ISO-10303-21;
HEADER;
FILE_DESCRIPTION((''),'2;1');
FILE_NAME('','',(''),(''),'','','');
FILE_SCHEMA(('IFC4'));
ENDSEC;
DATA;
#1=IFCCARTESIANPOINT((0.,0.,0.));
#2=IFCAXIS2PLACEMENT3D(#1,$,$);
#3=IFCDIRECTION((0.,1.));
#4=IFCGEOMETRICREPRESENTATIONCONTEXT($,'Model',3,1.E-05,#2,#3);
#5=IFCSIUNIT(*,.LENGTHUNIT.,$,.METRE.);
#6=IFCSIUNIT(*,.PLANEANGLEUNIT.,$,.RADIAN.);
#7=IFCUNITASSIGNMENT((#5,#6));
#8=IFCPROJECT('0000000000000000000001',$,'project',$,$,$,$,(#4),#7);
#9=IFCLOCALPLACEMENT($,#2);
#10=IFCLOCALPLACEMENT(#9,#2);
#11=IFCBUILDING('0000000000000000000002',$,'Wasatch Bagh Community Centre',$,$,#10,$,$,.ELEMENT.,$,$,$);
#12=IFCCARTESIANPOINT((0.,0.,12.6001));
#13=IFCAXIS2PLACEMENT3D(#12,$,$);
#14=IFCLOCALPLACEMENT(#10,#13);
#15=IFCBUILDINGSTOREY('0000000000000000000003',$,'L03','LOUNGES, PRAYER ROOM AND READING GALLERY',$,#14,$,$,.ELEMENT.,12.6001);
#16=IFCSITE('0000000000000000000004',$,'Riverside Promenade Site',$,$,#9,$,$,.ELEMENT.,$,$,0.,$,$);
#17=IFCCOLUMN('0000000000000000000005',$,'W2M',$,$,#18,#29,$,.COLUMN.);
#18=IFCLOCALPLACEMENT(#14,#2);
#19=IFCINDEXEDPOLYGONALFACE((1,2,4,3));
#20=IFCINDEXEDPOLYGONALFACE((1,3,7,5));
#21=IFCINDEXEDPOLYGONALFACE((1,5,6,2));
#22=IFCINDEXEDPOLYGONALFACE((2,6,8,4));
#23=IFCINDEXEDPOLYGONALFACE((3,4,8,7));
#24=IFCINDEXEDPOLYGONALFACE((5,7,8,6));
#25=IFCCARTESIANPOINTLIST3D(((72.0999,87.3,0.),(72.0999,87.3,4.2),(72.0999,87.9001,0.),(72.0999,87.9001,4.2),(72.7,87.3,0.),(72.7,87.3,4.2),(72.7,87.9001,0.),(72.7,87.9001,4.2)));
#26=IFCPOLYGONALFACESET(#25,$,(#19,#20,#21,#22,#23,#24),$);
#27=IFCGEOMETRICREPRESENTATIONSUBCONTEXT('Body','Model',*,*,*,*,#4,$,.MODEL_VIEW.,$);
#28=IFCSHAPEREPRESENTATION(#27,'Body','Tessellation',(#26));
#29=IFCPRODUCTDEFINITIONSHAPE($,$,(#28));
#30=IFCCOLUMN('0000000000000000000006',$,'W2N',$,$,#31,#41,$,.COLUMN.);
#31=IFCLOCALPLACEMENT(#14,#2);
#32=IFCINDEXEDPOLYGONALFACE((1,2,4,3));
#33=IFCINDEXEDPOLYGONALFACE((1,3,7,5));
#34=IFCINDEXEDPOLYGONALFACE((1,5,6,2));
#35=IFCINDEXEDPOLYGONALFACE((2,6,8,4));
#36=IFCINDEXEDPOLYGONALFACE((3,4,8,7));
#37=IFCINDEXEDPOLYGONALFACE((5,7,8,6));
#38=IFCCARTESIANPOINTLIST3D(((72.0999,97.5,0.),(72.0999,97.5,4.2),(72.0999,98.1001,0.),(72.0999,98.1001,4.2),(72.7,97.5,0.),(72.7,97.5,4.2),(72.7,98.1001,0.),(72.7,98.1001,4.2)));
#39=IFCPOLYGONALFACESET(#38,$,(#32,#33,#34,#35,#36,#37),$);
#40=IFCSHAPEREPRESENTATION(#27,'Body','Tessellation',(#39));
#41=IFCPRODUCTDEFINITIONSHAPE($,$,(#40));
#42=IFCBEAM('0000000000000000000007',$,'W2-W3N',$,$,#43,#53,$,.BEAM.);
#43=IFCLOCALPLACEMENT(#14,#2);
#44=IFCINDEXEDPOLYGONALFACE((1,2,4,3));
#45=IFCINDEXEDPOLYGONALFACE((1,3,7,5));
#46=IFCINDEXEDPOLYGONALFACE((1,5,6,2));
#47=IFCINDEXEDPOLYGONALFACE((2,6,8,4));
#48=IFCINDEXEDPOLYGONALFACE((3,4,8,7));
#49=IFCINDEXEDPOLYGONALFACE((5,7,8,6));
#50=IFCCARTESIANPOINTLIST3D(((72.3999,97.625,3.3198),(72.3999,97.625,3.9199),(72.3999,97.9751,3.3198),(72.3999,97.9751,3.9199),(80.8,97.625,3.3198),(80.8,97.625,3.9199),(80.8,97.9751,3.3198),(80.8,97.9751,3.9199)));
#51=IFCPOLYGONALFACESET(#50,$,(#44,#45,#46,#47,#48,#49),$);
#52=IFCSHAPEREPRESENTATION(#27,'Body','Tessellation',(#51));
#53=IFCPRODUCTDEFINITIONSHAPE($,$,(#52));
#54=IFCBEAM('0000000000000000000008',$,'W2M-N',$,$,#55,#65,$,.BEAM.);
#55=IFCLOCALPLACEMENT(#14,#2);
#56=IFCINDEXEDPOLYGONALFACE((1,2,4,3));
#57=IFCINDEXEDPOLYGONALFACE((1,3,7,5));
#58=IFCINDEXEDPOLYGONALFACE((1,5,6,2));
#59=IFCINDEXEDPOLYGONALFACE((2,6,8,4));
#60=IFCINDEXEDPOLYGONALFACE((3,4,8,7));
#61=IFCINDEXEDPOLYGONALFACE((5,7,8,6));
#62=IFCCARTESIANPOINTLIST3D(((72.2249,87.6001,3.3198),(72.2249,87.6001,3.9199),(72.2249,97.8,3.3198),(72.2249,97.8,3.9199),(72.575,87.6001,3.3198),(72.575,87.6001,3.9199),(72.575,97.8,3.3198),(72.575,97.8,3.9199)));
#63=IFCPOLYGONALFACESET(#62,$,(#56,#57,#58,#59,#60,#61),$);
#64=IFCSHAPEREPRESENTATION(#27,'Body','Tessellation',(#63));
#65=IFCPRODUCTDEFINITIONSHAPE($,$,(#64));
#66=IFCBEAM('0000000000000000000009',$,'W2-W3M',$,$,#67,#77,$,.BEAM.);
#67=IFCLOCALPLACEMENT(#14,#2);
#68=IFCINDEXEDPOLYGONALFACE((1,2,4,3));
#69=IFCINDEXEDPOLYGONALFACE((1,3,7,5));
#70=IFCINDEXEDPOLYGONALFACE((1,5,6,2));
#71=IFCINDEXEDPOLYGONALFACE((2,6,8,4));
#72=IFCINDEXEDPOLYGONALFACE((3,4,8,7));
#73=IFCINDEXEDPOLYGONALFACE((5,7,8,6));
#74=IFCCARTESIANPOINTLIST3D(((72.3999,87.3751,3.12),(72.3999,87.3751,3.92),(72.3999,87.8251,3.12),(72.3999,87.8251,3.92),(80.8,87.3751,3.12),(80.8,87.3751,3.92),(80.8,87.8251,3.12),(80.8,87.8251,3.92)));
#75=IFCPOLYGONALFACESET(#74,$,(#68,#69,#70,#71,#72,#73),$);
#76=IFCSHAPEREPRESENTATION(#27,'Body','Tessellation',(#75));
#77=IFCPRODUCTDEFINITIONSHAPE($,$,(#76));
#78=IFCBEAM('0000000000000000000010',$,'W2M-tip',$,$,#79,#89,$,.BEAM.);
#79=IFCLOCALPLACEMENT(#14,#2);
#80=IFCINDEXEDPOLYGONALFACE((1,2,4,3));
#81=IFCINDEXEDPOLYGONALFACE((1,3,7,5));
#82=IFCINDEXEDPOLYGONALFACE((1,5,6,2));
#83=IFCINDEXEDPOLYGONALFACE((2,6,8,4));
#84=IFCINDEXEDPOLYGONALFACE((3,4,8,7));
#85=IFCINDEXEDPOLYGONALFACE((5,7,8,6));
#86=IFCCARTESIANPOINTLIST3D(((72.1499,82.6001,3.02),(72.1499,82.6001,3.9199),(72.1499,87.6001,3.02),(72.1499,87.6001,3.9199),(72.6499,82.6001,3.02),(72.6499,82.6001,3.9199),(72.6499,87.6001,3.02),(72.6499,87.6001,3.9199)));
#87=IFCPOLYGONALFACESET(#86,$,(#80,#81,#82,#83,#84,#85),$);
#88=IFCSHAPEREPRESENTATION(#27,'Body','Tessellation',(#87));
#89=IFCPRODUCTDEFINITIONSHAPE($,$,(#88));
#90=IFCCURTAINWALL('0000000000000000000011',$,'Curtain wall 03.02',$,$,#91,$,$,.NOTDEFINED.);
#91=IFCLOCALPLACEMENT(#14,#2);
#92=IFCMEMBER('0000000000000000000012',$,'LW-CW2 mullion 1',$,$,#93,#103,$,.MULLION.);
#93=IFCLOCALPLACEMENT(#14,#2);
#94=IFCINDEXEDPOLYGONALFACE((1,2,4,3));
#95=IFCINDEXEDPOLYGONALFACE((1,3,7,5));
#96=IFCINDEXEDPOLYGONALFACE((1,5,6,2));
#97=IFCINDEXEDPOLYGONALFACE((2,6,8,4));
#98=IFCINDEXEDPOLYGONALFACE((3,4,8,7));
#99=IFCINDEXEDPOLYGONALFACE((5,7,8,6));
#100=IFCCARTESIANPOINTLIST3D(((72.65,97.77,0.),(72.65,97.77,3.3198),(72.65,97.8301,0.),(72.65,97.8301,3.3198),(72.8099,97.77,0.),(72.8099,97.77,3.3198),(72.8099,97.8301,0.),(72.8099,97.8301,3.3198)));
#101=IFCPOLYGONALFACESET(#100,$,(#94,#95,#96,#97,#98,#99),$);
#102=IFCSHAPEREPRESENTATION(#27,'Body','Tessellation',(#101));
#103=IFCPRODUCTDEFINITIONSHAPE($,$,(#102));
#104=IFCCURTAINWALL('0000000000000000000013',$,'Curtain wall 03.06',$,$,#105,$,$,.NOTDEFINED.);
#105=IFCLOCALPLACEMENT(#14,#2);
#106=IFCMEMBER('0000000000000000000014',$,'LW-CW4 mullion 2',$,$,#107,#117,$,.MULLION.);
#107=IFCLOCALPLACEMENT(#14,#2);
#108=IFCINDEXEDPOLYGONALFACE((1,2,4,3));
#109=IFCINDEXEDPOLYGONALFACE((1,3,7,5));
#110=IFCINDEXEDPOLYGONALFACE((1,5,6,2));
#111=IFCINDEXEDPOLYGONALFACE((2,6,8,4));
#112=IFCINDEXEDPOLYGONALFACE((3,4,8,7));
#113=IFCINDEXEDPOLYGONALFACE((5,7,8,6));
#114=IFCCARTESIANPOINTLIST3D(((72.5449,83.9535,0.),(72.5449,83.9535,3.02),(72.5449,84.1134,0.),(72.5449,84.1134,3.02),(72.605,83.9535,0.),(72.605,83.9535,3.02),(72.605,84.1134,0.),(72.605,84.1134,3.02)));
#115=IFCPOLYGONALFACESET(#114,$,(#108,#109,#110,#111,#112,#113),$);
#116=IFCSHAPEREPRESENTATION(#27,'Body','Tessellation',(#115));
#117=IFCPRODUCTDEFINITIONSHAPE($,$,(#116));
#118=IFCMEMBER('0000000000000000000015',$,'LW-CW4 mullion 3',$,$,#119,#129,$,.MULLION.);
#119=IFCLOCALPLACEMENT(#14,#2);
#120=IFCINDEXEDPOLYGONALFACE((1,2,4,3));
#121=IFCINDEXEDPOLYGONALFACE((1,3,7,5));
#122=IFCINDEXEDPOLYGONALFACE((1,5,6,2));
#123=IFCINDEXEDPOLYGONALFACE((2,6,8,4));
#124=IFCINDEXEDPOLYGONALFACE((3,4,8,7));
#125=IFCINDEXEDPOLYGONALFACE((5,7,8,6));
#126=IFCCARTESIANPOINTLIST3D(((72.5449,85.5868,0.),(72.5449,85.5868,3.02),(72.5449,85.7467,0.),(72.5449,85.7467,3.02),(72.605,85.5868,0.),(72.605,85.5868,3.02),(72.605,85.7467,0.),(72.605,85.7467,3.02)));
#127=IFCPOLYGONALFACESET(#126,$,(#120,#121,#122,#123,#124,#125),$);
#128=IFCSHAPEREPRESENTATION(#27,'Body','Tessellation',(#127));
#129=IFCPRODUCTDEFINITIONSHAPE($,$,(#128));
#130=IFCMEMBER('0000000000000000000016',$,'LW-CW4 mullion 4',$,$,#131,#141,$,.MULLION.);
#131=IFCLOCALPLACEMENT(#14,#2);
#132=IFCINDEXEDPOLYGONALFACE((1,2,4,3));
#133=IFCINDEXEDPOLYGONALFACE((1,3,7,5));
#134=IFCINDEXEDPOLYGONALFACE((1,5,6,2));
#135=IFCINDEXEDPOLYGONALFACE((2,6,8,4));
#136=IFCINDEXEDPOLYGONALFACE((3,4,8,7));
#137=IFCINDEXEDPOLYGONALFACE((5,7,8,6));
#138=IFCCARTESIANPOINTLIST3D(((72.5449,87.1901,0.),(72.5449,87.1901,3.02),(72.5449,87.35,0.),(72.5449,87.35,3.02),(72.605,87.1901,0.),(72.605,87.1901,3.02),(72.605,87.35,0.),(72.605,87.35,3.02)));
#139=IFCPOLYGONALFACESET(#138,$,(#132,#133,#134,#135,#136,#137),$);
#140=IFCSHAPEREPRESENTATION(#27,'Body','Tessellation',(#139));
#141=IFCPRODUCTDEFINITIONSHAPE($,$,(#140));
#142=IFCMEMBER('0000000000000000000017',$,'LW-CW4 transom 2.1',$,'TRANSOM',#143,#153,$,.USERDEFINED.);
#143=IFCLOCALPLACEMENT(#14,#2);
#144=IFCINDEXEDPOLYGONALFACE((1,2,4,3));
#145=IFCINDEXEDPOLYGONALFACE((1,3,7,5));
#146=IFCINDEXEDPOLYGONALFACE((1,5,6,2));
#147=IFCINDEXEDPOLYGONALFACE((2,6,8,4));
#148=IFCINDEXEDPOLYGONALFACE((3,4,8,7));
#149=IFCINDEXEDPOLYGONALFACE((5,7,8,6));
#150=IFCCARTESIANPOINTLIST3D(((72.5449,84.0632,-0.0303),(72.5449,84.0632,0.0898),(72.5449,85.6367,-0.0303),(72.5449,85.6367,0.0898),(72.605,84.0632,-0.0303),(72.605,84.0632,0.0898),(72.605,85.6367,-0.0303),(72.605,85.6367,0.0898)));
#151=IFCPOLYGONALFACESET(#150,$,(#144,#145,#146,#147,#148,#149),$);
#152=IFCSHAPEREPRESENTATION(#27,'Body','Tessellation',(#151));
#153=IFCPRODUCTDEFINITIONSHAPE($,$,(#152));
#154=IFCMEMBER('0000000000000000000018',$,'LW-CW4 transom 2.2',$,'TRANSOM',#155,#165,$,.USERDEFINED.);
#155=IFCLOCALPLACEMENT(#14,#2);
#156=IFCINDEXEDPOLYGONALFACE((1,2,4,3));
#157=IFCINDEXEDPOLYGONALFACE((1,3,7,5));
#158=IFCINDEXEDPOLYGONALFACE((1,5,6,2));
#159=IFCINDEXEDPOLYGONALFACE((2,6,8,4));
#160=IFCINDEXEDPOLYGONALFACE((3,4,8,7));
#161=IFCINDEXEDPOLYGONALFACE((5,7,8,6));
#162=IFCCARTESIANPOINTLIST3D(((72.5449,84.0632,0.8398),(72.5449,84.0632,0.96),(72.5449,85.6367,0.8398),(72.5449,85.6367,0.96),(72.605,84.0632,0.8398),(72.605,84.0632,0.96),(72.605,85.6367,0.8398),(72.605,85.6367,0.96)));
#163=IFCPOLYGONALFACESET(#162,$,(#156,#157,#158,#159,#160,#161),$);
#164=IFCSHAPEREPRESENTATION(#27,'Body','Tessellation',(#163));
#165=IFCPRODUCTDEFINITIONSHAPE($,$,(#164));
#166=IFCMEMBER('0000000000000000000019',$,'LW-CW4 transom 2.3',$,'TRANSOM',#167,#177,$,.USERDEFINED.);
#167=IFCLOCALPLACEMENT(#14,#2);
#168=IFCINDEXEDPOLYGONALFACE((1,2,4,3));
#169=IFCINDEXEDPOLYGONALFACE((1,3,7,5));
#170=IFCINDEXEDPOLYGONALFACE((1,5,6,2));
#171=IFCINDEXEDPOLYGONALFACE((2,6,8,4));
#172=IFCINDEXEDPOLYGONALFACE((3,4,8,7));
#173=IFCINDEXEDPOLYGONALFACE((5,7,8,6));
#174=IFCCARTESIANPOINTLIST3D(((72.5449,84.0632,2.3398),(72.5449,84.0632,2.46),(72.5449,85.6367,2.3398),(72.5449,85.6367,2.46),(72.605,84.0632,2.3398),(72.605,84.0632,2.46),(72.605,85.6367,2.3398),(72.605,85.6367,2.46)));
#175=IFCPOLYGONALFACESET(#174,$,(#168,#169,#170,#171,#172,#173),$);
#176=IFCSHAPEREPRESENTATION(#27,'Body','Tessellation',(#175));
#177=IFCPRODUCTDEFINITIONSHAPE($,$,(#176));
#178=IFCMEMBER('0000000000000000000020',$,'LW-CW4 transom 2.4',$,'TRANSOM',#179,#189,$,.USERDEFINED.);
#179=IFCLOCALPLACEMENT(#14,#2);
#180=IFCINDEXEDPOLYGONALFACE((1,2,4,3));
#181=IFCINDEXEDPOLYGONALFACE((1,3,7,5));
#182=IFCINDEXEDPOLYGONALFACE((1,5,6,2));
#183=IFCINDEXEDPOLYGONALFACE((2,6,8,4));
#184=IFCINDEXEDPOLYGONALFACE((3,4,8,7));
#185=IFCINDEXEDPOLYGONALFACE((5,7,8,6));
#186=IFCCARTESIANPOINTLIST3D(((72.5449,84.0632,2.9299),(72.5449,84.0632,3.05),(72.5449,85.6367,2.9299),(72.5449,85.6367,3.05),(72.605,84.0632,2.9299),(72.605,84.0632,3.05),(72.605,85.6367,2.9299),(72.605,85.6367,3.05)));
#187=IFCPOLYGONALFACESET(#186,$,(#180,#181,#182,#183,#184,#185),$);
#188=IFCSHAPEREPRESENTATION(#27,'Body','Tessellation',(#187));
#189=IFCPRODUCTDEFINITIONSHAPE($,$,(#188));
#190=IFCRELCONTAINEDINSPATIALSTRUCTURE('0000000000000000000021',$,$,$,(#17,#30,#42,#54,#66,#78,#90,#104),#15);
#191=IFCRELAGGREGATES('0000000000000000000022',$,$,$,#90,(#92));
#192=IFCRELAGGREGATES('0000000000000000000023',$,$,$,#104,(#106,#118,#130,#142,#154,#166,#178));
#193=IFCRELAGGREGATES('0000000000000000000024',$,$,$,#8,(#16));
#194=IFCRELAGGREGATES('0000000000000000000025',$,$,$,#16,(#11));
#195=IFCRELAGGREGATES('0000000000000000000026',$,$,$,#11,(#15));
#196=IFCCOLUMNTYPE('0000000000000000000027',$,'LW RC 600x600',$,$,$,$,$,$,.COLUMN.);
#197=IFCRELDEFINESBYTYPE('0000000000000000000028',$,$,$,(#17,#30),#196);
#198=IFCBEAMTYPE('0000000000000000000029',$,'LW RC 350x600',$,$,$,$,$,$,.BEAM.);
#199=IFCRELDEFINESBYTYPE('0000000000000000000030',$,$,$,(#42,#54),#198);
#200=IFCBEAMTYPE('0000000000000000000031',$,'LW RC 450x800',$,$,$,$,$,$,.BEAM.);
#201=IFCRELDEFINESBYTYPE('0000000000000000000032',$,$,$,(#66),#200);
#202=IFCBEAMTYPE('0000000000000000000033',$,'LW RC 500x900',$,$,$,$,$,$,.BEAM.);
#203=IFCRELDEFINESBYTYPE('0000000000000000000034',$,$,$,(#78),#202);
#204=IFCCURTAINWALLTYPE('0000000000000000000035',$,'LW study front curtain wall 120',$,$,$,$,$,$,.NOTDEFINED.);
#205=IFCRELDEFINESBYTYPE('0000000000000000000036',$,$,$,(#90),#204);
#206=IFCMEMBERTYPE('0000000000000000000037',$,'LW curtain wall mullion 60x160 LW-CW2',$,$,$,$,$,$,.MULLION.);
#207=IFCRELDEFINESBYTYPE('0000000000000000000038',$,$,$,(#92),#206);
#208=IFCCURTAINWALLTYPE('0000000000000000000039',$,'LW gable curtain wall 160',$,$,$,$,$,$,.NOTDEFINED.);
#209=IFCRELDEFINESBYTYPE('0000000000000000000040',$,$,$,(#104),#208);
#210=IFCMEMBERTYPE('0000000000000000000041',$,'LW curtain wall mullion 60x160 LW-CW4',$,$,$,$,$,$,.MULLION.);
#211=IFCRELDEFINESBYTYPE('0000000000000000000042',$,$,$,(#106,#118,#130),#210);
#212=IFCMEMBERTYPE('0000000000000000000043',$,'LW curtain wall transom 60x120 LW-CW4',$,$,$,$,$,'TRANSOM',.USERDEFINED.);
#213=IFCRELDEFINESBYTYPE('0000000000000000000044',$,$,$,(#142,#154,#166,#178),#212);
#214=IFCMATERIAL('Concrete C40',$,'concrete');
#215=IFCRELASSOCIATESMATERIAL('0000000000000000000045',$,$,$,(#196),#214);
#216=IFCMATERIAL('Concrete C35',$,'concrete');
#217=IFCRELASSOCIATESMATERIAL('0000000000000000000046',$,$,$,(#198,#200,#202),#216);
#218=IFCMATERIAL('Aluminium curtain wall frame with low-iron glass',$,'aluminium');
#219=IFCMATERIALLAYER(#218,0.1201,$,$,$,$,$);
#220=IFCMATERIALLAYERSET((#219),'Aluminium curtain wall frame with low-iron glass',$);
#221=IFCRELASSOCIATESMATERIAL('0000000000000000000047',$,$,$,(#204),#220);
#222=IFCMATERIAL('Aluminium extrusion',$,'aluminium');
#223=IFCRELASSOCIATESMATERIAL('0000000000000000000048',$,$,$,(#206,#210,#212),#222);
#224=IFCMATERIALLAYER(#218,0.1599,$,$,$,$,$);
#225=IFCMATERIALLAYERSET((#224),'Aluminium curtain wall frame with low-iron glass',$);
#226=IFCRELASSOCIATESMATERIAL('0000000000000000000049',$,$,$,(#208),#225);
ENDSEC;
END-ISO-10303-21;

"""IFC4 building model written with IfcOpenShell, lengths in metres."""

from ifc_helpers import new_model, si_unit, direction, frame, origin, origin_2d, place, context, subcontext, project, spatial, rectangle, extrude, material, layer, layer_set, material_profile, profile_set, type_object, element, aggregate, save


model = new_model("IFC4")

# Units and contexts
model_context = context("Model", 3, precision=1e-05, world=origin(), true_north=direction((0.0, 1.0)))
body_context = subcontext(model_context, "Body", "Model", "MODEL_VIEW")
ifc_project = project(units=[si_unit("LENGTHUNIT", "METRE"), si_unit("PLANEANGLEUNIT", "RADIAN")], contexts=[model_context])

# Site, building, storey
site_placement = place(None, origin())
site = spatial("IfcSite", under=ifc_project, at=site_placement, Name="Riverside Promenade Site", CompositionType="ELEMENT", RefElevation=0.0)
building_placement = place(site_placement, origin())
building = spatial("IfcBuilding", under=site, at=building_placement, Name="Wasatch Bagh Community Centre", CompositionType="ELEMENT")
storey_placement = place(building_placement, frame((0.0, 0.0, 12.6001)))
storey = spatial("IfcBuildingStorey", under=building, at=storey_placement, Name="L03", Description="LOUNGES, PRAYER ROOM AND READING GALLERY", CompositionType="ELEMENT", Elevation=12.6001)

# Columns
ifc_material_1 = material(Name="Concrete C40", Category="concrete")
ifc_material_profile_1 = material_profile(ifc_material_1, rectangle(XDim=0.6001, YDim=0.6001, at=origin_2d()), Name="RC 600x600")
ifc_profile_set_1 = profile_set([ifc_material_profile_1], Name="Concrete C40")
column_type = type_object("IfcColumnType", Name="LW RC 600x600", PredefinedType="COLUMN", material=ifc_profile_set_1)
for number, where, z_axis, x_axis, name in (
    (1, (72.3999, 87.6001, 0.0), (0.0, 0.0, 1.0), (1.0, 0.0, 0.0), "W2M"),
    (2, (72.3999, 97.8, 0.0), (0.0, 0.0, 1.0), (1.0, 0.0, 0.0), "W2N"),
):
    element("IfcColumn", number, at=place(storey_placement, frame(where, z_axis=z_axis, x_axis=x_axis)), inside=storey, type_object=column_type, Name=name, PredefinedType="COLUMN", context=body_context, shape_type="SweptSolid", body=[
        extrude(rectangle(XDim=0.6001, YDim=0.6001, at=origin_2d()), origin(), (0.0, 0.0, 1.0), 4.2),
    ])

# Beams
ifc_material_2 = material(Name="Concrete C35", Category="concrete")
ifc_material_profile_2 = material_profile(ifc_material_2, rectangle(XDim=0.3501, YDim=0.6001, at=origin_2d()), Name="RC 350x600")
ifc_profile_set_2 = profile_set([ifc_material_profile_2], Name="Concrete C35")
beam_type_1 = type_object("IfcBeamType", Name="LW RC 350x600", PredefinedType="BEAM", material=ifc_profile_set_2)
beam_1_placement = place(storey_placement, frame((72.3999, 97.8, 3.6199), z_axis=(1.0, 0.0, 0.0), x_axis=(0.0, 1.0, 0.0)))
element("IfcBeam", 3, at=beam_1_placement, inside=storey, type_object=beam_type_1, Name="W2-W3N", PredefinedType="BEAM", context=body_context, shape_type="SweptSolid", body=[
    extrude(rectangle(XDim=0.3501, YDim=0.6001, at=origin_2d()), origin(), (0.0, 0.0, 1.0), 8.4001),
])
beam_2_placement = place(storey_placement, frame((72.3999, 87.6001, 3.6199), z_axis=(0.0, 1.0, 0.0), x_axis=(-1.0, 0.0, 0.0)))
element("IfcBeam", 4, at=beam_2_placement, inside=storey, type_object=beam_type_1, Name="W2M-N", PredefinedType="BEAM", context=body_context, shape_type="SweptSolid", body=[
    extrude(rectangle(XDim=0.3501, YDim=0.6001, at=origin_2d()), origin(), (0.0, 0.0, 1.0), 10.2),
])
ifc_material_profile_3 = material_profile(ifc_material_2, rectangle(XDim=0.45, YDim=0.8, at=origin_2d()), Name="RC 450x800")
ifc_profile_set_3 = profile_set([ifc_material_profile_3], Name="Concrete C35")
beam_type_2 = type_object("IfcBeamType", Name="LW RC 450x800", PredefinedType="BEAM", material=ifc_profile_set_3)
beam_3_placement = place(storey_placement, frame((72.3999, 87.6001, 3.52), z_axis=(1.0, 0.0, 0.0), x_axis=(0.0, 1.0, 0.0)))
element("IfcBeam", 5, at=beam_3_placement, inside=storey, type_object=beam_type_2, Name="W2-W3M", PredefinedType="BEAM", context=body_context, shape_type="SweptSolid", body=[
    extrude(rectangle(XDim=0.45, YDim=0.8, at=origin_2d()), origin(), (0.0, 0.0, 1.0), 8.4001),
])
ifc_material_profile_4 = material_profile(ifc_material_2, rectangle(XDim=0.5, YDim=0.8999, at=origin_2d()), Name="RC 500x900")
ifc_profile_set_4 = profile_set([ifc_material_profile_4], Name="Concrete C35")
beam_type_3 = type_object("IfcBeamType", Name="LW RC 500x900", PredefinedType="BEAM", material=ifc_profile_set_4)
beam_4_placement = place(storey_placement, frame((72.3999, 87.6001, 3.47), z_axis=(0.0, -1.0, 0.0), x_axis=(1.0, 0.0, 0.0)))
element("IfcBeam", 6, at=beam_4_placement, inside=storey, type_object=beam_type_3, Name="W2M-tip", PredefinedType="BEAM", context=body_context, shape_type="SweptSolid", body=[
    extrude(rectangle(XDim=0.5, YDim=0.8999, at=origin_2d()), origin(), (0.0, 0.0, 1.0), 5.0),
])

# Curtain wall, member
ifc_material_3 = material(Name="Aluminium curtain wall frame with low-iron glass", Category="aluminium")
ifc_layer_1 = layer(ifc_material_3, 0.1201)
ifc_layer_set_1 = layer_set([ifc_layer_1], Name="Aluminium curtain wall frame with low-iron glass")
curtain_wall_type_1 = type_object("IfcCurtainWallType", Name="LW study front curtain wall 120", PredefinedType="NOTDEFINED", material=ifc_layer_set_1)
curtain_wall_1_placement = place(storey_placement, origin())
curtain_wall_1 = element("IfcCurtainWall", 7, at=curtain_wall_1_placement, inside=storey, type_object=curtain_wall_type_1, Name="Curtain wall 03.02", PredefinedType="NOTDEFINED")
ifc_material_4 = material(Name="Aluminium extrusion", Category="aluminium")
ifc_material_profile_5 = material_profile(ifc_material_4, rectangle(XDim=0.0601, YDim=0.1599, at=origin_2d()), Name="AL 60x160")
ifc_profile_set_5 = profile_set([ifc_material_profile_5], Name="Aluminium extrusion")
member_type_1 = type_object("IfcMemberType", Name="LW curtain wall mullion 60x160 LW-CW2", PredefinedType="MULLION", material=ifc_profile_set_5)
member_1_placement = place(storey_placement, frame((72.73, 97.8, 0.0), z_axis=(0.0, 0.0, 1.0), x_axis=(0.0, 1.0, 0.0)))
member_1 = element("IfcMember", 8, at=member_1_placement, type_object=member_type_1, Name="LW-CW2 mullion 1", PredefinedType="MULLION", context=body_context, shape_type="SweptSolid", body=[
    extrude(rectangle(XDim=0.0601, YDim=0.1599, at=origin_2d()), origin(), (0.0, 0.0, 1.0), 3.3198),
])
aggregate(curtain_wall_1, [member_1])

# Curtain wall, members
ifc_layer_2 = layer(ifc_material_3, 0.1599)
ifc_layer_set_2 = layer_set([ifc_layer_2], Name="Aluminium curtain wall frame with low-iron glass")
curtain_wall_type_2 = type_object("IfcCurtainWallType", Name="LW gable curtain wall 160", PredefinedType="NOTDEFINED", material=ifc_layer_set_2)
curtain_wall_2_placement = place(storey_placement, origin())
curtain_wall_2 = element("IfcCurtainWall", 9, at=curtain_wall_2_placement, inside=storey, type_object=curtain_wall_type_2, Name="Curtain wall 03.06", PredefinedType="NOTDEFINED")
ifc_material_profile_6 = material_profile(ifc_material_4, rectangle(XDim=0.0601, YDim=0.1599, at=origin_2d()), Name="AL 60x160")
ifc_profile_set_6 = profile_set([ifc_material_profile_6], Name="Aluminium extrusion")
member_type_2 = type_object("IfcMemberType", Name="LW curtain wall mullion 60x160 LW-CW4", PredefinedType="MULLION", material=ifc_profile_set_6)
member_2_placement = place(storey_placement, frame((72.575, 84.0334, 0.0), z_axis=(0.0, 0.0, 1.0), x_axis=(-1.0, 0.0, 0.0)))
member_2 = element("IfcMember", 10, at=member_2_placement, type_object=member_type_2, Name="LW-CW4 mullion 2", PredefinedType="MULLION", context=body_context, shape_type="SweptSolid", body=[
    extrude(rectangle(XDim=0.0601, YDim=0.1599, at=origin_2d()), origin(), (0.0, 0.0, 1.0), 3.02),
])
member_3_placement = place(storey_placement, frame((72.575, 85.6667, 0.0), z_axis=(0.0, 0.0, 1.0), x_axis=(-1.0, 0.0, 0.0)))
member_3 = element("IfcMember", 11, at=member_3_placement, type_object=member_type_2, Name="LW-CW4 mullion 3", PredefinedType="MULLION", context=body_context, shape_type="SweptSolid", body=[
    extrude(rectangle(XDim=0.0601, YDim=0.1599, at=origin_2d()), origin(), (0.0, 0.0, 1.0), 3.02),
])
member_4_placement = place(storey_placement, frame((72.575, 87.27, 0.0), z_axis=(0.0, 0.0, 1.0), x_axis=(-1.0, 0.0, 0.0)))
member_4 = element("IfcMember", 12, at=member_4_placement, type_object=member_type_2, Name="LW-CW4 mullion 4", PredefinedType="MULLION", context=body_context, shape_type="SweptSolid", body=[
    extrude(rectangle(XDim=0.0601, YDim=0.1599, at=origin_2d()), origin(), (0.0, 0.0, 1.0), 3.02),
])
ifc_material_profile_7 = material_profile(ifc_material_4, rectangle(XDim=0.0601, YDim=0.1201, at=origin_2d()), Name="AL 60x120")
ifc_profile_set_7 = profile_set([ifc_material_profile_7], Name="Aluminium extrusion")
member_type_3 = type_object("IfcMemberType", Name="LW curtain wall transom 60x120 LW-CW4", ElementType="TRANSOM", PredefinedType="USERDEFINED", material=ifc_profile_set_7)
member_5_placement = place(storey_placement, frame((72.575, 84.0632, 0.0298), z_axis=(0.0, 1.0, 0.0), x_axis=(-1.0, 0.0, 0.0)))
member_5 = element("IfcMember", 13, at=member_5_placement, type_object=member_type_3, Name="LW-CW4 transom 2.1", ObjectType="TRANSOM", PredefinedType="USERDEFINED", context=body_context, shape_type="SweptSolid", body=[
    extrude(rectangle(XDim=0.0601, YDim=0.1201, at=origin_2d()), origin(), (0.0, 0.0, 1.0), 1.5735),
])
member_6_placement = place(storey_placement, frame((72.575, 84.0632, 0.8999), z_axis=(0.0, 1.0, 0.0), x_axis=(-1.0, 0.0, 0.0)))
member_6 = element("IfcMember", 14, at=member_6_placement, type_object=member_type_3, Name="LW-CW4 transom 2.2", ObjectType="TRANSOM", PredefinedType="USERDEFINED", context=body_context, shape_type="SweptSolid", body=[
    extrude(rectangle(XDim=0.0601, YDim=0.1201, at=origin_2d()), origin(), (0.0, 0.0, 1.0), 1.5735),
])
member_7_placement = place(storey_placement, frame((72.575, 84.0632, 2.3999), z_axis=(0.0, 1.0, 0.0), x_axis=(-1.0, 0.0, 0.0)))
member_7 = element("IfcMember", 15, at=member_7_placement, type_object=member_type_3, Name="LW-CW4 transom 2.3", ObjectType="TRANSOM", PredefinedType="USERDEFINED", context=body_context, shape_type="SweptSolid", body=[
    extrude(rectangle(XDim=0.0601, YDim=0.1201, at=origin_2d()), origin(), (0.0, 0.0, 1.0), 1.5735),
])
member_8_placement = place(storey_placement, frame((72.575, 84.0632, 2.99), z_axis=(0.0, 1.0, 0.0), x_axis=(-1.0, 0.0, 0.0)))
member_8 = element("IfcMember", 16, at=member_8_placement, type_object=member_type_3, Name="LW-CW4 transom 2.4", ObjectType="TRANSOM", PredefinedType="USERDEFINED", context=body_context, shape_type="SweptSolid", body=[
    extrude(rectangle(XDim=0.0601, YDim=0.1201, at=origin_2d()), origin(), (0.0, 0.0, 1.0), 1.5735),
])
aggregate(curtain_wall_2, [member_2, member_3, member_4, member_5, member_6, member_7, member_8])

save(model, "model.ifc")
